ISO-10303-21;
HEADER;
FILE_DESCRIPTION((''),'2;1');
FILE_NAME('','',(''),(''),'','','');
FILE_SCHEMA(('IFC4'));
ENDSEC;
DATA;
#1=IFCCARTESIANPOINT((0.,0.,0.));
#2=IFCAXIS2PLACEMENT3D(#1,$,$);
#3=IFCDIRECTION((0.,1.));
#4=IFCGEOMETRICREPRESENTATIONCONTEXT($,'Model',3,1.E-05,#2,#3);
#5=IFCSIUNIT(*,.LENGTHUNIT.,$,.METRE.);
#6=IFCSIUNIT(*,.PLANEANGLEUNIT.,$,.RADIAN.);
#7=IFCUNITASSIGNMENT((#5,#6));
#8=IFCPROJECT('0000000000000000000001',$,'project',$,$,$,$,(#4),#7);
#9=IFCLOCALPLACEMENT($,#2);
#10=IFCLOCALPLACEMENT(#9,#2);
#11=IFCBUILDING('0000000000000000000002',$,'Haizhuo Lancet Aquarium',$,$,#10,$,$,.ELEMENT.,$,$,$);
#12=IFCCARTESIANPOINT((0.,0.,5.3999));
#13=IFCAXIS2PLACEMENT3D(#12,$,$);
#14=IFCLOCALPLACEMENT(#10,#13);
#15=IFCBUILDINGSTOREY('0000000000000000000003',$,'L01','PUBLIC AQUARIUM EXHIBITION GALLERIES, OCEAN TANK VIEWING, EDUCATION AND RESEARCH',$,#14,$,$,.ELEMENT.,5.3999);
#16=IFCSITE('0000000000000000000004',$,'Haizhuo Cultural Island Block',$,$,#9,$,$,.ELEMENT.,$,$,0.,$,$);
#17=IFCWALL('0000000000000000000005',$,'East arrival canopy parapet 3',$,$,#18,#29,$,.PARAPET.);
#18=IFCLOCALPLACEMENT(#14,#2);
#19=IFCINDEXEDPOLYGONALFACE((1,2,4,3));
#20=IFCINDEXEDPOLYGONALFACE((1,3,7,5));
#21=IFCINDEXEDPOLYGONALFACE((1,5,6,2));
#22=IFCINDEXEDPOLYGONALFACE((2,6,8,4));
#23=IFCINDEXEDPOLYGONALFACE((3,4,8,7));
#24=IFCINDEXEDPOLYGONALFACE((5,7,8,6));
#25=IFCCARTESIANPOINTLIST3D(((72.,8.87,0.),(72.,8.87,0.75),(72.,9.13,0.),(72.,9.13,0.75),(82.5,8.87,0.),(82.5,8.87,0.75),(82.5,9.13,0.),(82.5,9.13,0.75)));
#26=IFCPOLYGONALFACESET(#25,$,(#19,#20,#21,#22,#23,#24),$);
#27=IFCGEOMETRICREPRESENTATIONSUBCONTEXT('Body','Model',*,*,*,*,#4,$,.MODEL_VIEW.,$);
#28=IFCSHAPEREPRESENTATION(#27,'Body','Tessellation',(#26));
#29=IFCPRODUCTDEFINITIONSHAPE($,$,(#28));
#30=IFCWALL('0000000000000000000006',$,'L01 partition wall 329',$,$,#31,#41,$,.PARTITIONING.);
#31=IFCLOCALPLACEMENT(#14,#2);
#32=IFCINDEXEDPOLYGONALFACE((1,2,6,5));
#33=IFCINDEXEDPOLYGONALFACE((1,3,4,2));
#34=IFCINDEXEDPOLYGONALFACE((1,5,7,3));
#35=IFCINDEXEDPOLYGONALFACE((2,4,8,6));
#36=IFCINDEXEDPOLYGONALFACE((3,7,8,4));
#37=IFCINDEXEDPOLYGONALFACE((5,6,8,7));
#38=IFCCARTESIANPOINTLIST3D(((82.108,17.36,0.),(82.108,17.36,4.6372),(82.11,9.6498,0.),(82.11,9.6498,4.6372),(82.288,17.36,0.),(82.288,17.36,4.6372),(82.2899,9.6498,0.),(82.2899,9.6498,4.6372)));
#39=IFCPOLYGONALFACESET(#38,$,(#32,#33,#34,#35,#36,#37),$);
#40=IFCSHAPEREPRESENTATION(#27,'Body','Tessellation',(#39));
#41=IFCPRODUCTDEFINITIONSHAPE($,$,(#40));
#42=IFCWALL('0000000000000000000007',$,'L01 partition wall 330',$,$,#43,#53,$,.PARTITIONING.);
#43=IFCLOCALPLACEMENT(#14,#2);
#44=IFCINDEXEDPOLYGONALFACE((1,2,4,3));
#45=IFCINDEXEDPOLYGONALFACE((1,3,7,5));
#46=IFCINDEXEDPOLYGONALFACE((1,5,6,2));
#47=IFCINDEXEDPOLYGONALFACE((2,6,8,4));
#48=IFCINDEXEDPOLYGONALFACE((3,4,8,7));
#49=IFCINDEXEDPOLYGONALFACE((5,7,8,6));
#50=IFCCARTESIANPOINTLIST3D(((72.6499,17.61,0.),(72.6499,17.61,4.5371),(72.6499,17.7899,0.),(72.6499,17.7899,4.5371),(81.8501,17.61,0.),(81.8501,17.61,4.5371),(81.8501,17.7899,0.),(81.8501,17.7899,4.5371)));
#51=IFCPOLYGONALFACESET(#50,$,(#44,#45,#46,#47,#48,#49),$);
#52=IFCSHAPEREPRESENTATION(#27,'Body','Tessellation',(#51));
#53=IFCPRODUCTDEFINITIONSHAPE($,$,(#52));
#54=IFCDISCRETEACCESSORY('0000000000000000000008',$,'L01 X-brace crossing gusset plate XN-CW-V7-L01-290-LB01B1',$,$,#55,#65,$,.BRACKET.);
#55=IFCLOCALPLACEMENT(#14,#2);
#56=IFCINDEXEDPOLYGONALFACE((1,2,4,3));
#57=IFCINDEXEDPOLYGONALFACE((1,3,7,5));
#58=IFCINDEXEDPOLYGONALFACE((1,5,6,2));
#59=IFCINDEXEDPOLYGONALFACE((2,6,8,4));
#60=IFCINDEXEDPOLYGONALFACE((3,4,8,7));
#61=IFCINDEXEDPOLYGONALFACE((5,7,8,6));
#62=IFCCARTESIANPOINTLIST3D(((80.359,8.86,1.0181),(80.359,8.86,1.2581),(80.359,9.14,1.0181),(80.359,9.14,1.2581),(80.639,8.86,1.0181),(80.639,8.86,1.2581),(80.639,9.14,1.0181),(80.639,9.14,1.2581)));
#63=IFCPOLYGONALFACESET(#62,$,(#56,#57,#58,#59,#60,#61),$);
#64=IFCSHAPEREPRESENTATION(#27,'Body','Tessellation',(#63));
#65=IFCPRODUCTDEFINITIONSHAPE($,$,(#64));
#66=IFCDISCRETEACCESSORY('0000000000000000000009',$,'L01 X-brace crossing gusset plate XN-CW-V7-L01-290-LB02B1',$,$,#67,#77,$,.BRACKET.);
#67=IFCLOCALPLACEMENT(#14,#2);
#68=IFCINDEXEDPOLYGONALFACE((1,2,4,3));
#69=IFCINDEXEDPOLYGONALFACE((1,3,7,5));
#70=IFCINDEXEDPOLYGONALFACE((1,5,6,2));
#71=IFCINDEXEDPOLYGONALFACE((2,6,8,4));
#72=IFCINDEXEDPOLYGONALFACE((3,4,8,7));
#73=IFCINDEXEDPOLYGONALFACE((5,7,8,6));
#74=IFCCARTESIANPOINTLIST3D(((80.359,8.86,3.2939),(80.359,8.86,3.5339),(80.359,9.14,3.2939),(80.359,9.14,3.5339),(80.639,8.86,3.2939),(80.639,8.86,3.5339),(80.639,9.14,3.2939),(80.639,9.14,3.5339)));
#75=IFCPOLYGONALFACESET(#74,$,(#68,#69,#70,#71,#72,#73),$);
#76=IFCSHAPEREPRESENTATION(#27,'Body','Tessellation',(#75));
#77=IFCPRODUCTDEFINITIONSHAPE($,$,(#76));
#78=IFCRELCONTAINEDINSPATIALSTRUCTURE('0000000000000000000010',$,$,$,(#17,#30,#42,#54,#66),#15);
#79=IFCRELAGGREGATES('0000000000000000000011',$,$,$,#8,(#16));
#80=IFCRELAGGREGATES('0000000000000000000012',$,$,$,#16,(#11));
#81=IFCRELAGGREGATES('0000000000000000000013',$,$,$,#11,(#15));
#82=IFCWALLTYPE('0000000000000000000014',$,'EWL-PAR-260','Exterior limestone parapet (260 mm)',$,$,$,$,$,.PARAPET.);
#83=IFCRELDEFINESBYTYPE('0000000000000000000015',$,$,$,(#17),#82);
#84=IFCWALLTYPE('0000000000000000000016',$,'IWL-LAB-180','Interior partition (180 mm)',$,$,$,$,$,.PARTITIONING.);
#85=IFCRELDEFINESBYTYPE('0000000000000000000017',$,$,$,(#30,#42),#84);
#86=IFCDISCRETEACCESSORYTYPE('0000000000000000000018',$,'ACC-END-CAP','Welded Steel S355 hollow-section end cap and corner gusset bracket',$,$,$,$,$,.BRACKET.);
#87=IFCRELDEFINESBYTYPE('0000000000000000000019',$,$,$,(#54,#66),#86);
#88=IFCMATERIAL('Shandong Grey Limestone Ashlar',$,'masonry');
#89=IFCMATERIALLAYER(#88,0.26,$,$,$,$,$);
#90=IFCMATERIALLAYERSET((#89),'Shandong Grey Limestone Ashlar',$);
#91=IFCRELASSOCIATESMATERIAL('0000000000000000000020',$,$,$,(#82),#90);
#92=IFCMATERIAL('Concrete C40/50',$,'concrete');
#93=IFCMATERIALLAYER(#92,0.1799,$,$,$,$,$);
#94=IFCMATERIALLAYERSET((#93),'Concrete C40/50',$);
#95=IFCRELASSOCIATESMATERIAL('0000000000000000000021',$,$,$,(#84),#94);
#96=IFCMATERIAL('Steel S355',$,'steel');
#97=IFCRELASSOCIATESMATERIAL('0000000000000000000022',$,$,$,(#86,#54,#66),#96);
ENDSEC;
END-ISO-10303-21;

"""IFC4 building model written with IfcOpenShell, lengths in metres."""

from ifc_helpers import new_model, si_unit, direction, frame, frame_2d, origin, origin_2d, place, context, subcontext, project, spatial, rectangle, extrude, material, layer, layer_set, type_object, element, save


model = new_model("IFC4")

# Units and contexts
model_context = context("Model", 3, precision=1e-05, world=origin(), true_north=direction((0.0, 1.0)))
body_context = subcontext(model_context, "Body", "Model", "MODEL_VIEW")
ifc_project = project(units=[si_unit("LENGTHUNIT", "METRE"), si_unit("PLANEANGLEUNIT", "RADIAN")], contexts=[model_context])

# Site, building, storey
site_placement = place(None, origin())
site = spatial("IfcSite", under=ifc_project, at=site_placement, Name="Haizhuo Cultural Island Block", CompositionType="ELEMENT", RefElevation=0.0)
building_placement = place(site_placement, origin())
building = spatial("IfcBuilding", under=site, at=building_placement, Name="Haizhuo Lancet Aquarium", CompositionType="ELEMENT")
storey_placement = place(building_placement, frame((0.0, 0.0, 5.3999)))
storey = spatial("IfcBuildingStorey", under=building, at=storey_placement, Name="L01", Description="PUBLIC AQUARIUM EXHIBITION GALLERIES, OCEAN TANK VIEWING, EDUCATION AND RESEARCH", CompositionType="ELEMENT", Elevation=5.3999)

# Shared definitions
ifc_material_1 = material(Name="Steel S355", Category="steel")

# Shared definitions
ifc_material_2 = material(Name="Shandong Grey Limestone Ashlar", Category="masonry")

# Walls
ifc_layer_1 = layer(ifc_material_2, 0.26)
ifc_layer_set_1 = layer_set([ifc_layer_1], Name="Shandong Grey Limestone Ashlar")
wall_type_1 = type_object("IfcWallType", Name="EWL-PAR-260", Description="Exterior limestone parapet (260 mm)", PredefinedType="PARAPET", material=ifc_layer_set_1)
wall_1_placement = place(storey_placement, frame((82.5, 9.0, 0.0), z_axis=(0.0, 0.0, 1.0), x_axis=(-1.0, 0.0, 0.0)))
element("IfcWall", 1, at=wall_1_placement, inside=storey, type_object=wall_type_1, Name="East arrival canopy parapet 3", PredefinedType="PARAPET", context=body_context, shape_type="SweptSolid", body=[
    extrude(rectangle(XDim=10.5, YDim=0.26, at=frame_2d((5.25, 0.0))), origin(), (0.0, 0.0, 1.0), 0.75),
])
ifc_material_3 = material(Name="Concrete C40/50", Category="concrete")
ifc_layer_2 = layer(ifc_material_3, 0.1799)
ifc_layer_set_2 = layer_set([ifc_layer_2], Name="Concrete C40/50")
wall_type_2 = type_object("IfcWallType", Name="IWL-LAB-180", Description="Interior partition (180 mm)", PredefinedType="PARTITIONING", material=ifc_layer_set_2)
wall_2_placement = place(storey_placement, frame((82.2, 9.6499, 0.0), z_axis=(0.0, 0.0, 1.0), x_axis=(-0.000253, 1.0, 0.0)))
element("IfcWall", 2, at=wall_2_placement, inside=storey, type_object=wall_type_2, Name="L01 partition wall 329", PredefinedType="PARTITIONING", context=body_context, shape_type="SweptSolid", body=[
    extrude(rectangle(XDim=7.7102, YDim=0.1799, at=frame_2d((3.855, 0.0))), origin(), (0.0, 0.0, 1.0), 4.6372),
])
wall_3_placement = place(storey_placement, frame((81.8501, 17.7, 0.0), z_axis=(0.0, 0.0, 1.0), x_axis=(-1.0, 0.0, 0.0)))
element("IfcWall", 3, at=wall_3_placement, inside=storey, type_object=wall_type_2, Name="L01 partition wall 330", PredefinedType="PARTITIONING", context=body_context, shape_type="SweptSolid", body=[
    extrude(rectangle(XDim=9.2002, YDim=0.1799, at=frame_2d((4.6001, 0.0))), origin(), (0.0, 0.0, 1.0), 4.5371),
])

# Discrete accessories
discrete_accessory_type = type_object("IfcDiscreteAccessoryType", Name="ACC-END-CAP", Description="Welded Steel S355 hollow-section end cap and corner gusset bracket", PredefinedType="BRACKET", material=ifc_material_1)
for number, where, z_axis, x_axis, name in (
    (4, (80.499, 9.0, 1.0181), (0.0, 0.0, 1.0), (1.0, 0.0, 0.0), "L01 X-brace crossing gusset plate XN-CW-V7-L01-290-LB01B1"),
    (5, (80.499, 9.0, 3.2939), (0.0, 0.0, 1.0), (1.0, 0.0, 0.0), "L01 X-brace crossing gusset plate XN-CW-V7-L01-290-LB02B1"),
):
    element("IfcDiscreteAccessory", number, at=place(storey_placement, frame(where, z_axis=z_axis, x_axis=x_axis)), inside=storey, type_object=discrete_accessory_type, material=ifc_material_1, Name=name, PredefinedType="BRACKET", context=body_context, shape_type="SweptSolid", body=[
        extrude(rectangle(XDim=0.28, YDim=0.28, at=origin_2d()), origin(), (0.0, 0.0, 1.0), 0.24),
    ])

save(model, "model.ifc")
